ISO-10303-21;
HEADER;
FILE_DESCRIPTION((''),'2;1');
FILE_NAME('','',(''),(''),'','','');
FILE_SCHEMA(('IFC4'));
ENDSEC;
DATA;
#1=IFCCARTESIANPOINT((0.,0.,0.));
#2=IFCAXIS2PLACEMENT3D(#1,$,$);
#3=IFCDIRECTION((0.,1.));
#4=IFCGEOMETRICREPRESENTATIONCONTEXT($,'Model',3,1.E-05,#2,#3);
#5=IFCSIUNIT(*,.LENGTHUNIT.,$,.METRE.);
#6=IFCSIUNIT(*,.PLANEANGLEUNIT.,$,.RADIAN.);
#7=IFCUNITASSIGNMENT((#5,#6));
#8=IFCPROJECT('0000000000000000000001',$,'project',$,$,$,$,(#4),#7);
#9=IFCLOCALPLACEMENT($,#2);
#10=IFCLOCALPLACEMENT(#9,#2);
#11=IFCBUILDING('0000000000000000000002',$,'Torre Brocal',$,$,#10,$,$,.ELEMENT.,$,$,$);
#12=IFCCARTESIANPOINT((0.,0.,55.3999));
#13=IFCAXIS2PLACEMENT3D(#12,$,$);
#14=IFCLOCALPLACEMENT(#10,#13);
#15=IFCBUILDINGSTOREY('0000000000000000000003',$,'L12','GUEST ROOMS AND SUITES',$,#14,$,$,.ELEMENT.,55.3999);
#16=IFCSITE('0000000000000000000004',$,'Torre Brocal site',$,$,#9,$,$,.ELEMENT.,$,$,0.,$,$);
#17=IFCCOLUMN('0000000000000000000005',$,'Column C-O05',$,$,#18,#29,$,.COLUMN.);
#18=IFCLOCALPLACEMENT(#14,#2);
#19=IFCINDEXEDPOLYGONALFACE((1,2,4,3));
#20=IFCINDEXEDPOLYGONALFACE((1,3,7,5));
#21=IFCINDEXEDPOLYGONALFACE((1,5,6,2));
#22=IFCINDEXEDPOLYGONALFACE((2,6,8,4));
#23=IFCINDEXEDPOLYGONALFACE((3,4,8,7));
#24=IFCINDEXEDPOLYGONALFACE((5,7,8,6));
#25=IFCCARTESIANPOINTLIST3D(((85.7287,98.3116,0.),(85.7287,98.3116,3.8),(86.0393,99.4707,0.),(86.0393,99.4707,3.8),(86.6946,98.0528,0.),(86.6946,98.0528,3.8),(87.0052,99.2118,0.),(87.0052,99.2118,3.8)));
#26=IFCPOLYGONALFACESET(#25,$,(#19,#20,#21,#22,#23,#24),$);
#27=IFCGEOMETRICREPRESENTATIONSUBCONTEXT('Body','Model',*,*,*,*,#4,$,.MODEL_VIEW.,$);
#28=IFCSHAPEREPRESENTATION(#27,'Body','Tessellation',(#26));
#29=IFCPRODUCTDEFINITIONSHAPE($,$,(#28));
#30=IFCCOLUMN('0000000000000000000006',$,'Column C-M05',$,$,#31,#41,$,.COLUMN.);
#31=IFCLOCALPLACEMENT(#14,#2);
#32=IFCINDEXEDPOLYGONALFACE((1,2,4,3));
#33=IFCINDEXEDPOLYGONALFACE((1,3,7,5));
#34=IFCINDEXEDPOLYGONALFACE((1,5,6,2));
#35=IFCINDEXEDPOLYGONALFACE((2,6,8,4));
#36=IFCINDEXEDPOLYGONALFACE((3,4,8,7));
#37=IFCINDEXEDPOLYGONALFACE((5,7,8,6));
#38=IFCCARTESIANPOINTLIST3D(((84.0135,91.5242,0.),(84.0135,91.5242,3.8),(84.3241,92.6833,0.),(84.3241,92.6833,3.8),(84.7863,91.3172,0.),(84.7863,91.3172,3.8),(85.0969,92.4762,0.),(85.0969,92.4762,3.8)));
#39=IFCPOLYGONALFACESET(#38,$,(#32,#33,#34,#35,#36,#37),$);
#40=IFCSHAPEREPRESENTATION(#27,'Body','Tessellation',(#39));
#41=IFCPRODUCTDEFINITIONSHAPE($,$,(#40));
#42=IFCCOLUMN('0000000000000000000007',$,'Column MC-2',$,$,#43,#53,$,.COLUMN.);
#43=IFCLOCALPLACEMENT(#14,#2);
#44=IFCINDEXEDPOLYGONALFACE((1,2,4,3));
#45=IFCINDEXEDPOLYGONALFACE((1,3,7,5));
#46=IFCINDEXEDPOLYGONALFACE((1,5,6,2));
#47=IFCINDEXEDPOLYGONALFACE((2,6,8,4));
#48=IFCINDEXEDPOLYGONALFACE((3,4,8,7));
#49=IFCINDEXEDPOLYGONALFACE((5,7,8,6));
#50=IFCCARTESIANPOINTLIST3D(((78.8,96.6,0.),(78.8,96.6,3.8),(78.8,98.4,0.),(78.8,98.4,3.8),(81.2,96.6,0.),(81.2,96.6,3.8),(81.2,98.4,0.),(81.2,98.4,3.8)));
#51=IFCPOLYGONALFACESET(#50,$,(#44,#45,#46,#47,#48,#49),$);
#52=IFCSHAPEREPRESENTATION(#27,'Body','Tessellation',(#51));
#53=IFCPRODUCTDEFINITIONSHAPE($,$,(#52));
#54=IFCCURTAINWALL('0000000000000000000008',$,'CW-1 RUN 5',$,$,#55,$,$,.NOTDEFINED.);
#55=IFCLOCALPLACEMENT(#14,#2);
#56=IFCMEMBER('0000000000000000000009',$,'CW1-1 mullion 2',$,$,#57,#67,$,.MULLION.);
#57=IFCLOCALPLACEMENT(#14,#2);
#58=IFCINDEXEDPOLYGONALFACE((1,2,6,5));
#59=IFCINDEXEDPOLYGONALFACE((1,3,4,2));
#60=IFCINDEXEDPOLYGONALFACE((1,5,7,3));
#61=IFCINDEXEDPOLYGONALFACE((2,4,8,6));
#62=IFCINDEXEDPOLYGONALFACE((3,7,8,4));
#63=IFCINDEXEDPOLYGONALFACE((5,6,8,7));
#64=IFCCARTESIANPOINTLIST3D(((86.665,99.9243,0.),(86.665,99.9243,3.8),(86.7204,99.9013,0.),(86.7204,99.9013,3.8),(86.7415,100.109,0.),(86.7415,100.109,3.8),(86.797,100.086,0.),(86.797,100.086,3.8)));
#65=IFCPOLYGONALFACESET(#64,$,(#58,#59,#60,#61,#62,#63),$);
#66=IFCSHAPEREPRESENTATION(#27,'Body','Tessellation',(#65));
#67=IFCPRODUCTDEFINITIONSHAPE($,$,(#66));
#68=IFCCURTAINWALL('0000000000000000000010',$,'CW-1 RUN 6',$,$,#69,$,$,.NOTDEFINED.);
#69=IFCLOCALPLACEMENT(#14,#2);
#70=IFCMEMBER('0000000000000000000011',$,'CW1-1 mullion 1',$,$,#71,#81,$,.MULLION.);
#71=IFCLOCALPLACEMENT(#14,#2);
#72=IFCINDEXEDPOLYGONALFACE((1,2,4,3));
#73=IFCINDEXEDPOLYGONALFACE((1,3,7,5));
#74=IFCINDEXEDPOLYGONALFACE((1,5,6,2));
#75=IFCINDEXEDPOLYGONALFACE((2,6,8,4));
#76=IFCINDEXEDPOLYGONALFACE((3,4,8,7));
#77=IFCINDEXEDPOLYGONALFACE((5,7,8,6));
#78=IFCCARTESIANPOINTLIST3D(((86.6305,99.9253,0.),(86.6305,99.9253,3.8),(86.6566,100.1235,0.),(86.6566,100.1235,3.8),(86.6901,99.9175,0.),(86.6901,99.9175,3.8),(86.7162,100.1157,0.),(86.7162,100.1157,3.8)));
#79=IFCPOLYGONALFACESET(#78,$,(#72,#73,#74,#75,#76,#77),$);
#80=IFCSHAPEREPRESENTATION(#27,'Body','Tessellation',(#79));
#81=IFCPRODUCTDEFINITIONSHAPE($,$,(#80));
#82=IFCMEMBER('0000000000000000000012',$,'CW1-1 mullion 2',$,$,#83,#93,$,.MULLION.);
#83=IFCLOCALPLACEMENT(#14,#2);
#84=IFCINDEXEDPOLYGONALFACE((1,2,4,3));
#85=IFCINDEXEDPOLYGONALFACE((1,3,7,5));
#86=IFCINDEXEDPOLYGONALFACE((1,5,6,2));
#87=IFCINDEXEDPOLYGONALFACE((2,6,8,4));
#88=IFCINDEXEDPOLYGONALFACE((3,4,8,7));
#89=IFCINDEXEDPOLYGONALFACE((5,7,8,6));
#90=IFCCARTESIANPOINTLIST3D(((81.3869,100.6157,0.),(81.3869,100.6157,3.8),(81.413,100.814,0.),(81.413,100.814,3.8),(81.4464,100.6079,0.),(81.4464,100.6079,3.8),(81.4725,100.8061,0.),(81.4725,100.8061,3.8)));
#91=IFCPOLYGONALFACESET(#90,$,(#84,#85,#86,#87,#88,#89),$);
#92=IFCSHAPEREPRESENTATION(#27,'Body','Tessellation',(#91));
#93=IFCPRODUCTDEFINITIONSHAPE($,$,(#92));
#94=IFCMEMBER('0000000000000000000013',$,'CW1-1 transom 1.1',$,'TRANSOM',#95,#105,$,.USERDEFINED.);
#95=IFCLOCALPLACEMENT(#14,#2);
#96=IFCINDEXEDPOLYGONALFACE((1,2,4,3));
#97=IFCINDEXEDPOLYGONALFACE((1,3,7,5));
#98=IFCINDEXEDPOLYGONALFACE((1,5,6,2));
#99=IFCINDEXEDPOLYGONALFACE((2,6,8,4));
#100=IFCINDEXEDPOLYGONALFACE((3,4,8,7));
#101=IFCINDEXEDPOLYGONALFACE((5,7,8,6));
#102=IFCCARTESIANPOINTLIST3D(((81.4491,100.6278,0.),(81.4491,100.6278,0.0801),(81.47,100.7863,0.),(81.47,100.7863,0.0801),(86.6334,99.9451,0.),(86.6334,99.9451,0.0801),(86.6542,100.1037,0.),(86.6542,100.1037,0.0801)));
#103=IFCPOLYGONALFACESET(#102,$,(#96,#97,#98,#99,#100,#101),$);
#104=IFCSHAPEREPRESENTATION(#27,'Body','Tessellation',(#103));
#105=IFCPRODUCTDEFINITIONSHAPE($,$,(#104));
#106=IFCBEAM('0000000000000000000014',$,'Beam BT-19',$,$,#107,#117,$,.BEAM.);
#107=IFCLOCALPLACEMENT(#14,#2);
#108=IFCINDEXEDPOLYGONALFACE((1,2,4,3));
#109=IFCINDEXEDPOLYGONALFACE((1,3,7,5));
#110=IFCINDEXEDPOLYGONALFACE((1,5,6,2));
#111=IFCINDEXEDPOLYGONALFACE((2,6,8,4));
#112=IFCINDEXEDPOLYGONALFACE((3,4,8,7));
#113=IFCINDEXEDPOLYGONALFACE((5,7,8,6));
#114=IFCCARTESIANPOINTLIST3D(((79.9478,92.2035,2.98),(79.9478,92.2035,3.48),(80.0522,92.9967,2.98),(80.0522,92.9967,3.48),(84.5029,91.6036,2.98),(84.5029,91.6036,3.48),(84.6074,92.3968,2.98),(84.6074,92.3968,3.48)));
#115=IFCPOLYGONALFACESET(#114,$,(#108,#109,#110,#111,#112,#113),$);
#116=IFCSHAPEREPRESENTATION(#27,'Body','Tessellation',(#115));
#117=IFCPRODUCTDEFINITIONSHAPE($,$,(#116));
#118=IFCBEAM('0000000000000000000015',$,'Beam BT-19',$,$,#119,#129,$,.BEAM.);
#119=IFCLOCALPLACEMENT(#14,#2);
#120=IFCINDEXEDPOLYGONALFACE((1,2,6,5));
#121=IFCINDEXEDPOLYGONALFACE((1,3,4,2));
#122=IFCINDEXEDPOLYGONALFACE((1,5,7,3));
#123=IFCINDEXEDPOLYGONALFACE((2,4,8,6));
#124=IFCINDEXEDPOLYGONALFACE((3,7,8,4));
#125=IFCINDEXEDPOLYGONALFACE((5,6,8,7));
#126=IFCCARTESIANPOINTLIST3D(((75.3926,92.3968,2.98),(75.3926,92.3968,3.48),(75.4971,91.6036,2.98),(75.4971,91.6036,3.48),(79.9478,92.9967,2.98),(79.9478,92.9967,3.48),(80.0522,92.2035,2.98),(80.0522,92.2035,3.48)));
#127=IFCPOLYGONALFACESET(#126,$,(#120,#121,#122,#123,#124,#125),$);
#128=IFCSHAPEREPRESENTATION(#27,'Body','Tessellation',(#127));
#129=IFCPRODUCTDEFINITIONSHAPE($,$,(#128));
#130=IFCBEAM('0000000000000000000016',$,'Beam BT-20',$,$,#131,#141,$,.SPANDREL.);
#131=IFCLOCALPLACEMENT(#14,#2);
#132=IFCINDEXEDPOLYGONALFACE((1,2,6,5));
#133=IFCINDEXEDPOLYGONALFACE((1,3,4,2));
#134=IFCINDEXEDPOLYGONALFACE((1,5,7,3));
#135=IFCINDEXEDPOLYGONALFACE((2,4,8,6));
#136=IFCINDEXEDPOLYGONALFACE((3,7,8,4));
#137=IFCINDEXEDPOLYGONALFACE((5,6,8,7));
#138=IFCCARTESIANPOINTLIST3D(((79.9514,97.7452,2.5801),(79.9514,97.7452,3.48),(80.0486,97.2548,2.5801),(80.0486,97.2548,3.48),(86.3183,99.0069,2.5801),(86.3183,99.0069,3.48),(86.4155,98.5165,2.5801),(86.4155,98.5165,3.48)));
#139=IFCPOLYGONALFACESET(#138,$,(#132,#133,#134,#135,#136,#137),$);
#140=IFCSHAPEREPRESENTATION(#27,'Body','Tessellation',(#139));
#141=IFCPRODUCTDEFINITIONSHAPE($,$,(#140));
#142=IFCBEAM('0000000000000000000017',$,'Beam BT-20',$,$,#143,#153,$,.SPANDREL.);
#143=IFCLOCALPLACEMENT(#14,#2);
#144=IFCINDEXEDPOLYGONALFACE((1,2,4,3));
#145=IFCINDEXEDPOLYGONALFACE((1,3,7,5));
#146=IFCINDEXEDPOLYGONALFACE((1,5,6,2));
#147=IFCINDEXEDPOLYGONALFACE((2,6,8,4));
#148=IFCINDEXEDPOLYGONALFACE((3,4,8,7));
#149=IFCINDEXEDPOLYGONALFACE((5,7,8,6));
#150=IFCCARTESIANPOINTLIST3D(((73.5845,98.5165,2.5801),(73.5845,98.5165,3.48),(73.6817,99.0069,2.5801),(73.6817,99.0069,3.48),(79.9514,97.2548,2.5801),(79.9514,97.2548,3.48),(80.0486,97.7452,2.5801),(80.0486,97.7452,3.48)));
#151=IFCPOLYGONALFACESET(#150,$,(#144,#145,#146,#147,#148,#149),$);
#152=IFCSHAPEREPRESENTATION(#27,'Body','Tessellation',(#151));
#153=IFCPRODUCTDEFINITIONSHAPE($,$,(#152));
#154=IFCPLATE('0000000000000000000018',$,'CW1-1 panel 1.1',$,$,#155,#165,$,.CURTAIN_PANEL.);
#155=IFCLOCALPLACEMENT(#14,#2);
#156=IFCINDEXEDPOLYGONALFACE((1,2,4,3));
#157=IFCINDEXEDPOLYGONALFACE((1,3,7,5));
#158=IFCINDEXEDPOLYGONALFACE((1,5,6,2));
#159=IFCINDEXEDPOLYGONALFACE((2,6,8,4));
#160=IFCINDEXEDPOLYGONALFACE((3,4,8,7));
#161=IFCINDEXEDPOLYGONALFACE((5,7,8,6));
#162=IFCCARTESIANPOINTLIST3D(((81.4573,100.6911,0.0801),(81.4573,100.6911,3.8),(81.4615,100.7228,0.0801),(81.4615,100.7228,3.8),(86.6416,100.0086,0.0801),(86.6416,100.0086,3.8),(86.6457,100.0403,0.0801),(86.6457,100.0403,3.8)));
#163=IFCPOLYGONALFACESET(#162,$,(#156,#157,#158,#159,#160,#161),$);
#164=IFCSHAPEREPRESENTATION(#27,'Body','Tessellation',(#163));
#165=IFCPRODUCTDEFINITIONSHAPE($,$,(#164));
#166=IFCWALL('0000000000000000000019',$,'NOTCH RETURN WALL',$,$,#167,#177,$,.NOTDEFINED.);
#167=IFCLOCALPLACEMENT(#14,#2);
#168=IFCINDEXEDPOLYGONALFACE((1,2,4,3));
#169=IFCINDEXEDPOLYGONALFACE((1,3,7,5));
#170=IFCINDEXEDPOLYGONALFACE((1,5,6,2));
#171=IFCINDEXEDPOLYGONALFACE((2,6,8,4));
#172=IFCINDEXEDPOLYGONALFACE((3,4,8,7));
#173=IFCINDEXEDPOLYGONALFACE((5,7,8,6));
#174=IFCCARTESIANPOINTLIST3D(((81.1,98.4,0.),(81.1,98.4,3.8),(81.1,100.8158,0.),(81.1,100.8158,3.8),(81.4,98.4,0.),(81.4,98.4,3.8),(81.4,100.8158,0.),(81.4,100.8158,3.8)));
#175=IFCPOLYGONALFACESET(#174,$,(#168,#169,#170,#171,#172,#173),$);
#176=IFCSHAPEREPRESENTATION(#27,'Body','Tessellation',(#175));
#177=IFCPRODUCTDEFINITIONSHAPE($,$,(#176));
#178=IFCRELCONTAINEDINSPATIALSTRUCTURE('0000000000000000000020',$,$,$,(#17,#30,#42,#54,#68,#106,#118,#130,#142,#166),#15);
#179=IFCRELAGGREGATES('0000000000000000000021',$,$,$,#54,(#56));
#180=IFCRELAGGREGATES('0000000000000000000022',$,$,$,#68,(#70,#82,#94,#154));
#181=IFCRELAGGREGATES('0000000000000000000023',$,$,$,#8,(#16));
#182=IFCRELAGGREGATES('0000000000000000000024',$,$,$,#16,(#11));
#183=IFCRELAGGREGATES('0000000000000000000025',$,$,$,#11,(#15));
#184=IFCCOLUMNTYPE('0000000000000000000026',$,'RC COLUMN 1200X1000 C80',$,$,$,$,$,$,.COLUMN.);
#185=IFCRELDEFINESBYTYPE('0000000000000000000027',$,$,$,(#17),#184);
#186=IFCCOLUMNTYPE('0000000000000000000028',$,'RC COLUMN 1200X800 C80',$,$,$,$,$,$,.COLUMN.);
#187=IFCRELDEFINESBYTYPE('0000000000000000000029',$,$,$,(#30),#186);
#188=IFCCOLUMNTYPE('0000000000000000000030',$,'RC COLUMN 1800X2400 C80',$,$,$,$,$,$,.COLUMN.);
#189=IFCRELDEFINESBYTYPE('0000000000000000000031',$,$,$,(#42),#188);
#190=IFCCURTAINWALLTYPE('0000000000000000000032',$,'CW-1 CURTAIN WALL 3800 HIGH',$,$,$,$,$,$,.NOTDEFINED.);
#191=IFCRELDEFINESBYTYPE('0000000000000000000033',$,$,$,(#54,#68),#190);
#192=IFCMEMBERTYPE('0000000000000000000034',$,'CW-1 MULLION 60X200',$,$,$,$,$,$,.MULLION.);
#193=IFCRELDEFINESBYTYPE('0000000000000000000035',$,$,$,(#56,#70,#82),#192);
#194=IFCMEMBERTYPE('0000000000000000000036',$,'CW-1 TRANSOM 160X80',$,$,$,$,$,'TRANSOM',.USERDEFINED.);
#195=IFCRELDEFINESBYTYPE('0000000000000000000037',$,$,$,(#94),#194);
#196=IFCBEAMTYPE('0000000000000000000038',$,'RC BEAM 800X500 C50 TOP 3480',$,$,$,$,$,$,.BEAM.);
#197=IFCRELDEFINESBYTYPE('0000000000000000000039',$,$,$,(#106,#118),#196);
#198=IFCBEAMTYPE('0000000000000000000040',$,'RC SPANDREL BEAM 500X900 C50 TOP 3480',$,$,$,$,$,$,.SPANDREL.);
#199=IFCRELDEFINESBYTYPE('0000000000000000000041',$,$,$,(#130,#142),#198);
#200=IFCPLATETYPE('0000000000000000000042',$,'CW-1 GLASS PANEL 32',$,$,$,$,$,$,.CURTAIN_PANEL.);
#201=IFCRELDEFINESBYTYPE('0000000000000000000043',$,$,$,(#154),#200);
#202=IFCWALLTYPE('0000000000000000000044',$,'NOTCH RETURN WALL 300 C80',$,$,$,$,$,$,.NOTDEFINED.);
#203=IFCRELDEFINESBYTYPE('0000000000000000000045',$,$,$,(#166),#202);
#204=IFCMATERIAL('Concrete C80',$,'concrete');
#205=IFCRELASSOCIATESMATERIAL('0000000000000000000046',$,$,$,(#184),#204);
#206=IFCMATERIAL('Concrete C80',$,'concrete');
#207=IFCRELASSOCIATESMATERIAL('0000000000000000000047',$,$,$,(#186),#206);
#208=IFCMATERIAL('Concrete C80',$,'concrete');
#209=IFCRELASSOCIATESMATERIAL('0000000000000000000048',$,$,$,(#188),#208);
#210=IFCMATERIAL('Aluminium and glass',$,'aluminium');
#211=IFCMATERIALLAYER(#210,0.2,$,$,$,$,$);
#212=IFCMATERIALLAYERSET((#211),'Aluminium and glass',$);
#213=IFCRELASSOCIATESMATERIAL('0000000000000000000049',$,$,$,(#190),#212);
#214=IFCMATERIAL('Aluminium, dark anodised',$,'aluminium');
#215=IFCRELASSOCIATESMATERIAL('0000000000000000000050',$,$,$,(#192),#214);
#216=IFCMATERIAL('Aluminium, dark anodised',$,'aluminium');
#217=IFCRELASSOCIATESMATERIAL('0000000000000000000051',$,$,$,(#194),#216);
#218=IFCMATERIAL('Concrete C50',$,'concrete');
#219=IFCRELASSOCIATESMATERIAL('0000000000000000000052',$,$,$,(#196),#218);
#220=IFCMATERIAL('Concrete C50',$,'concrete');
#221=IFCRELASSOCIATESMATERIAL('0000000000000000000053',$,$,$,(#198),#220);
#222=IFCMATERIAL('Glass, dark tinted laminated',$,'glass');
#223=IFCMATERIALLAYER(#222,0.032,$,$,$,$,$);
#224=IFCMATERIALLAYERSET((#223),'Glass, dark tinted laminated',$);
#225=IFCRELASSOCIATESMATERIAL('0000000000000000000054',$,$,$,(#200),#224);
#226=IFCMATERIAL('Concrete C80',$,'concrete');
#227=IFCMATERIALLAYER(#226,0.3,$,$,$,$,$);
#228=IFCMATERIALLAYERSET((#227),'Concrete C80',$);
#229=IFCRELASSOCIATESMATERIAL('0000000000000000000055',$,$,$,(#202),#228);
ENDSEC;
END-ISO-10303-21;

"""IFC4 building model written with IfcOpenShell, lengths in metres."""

from ifc_helpers import new_model, si_unit, direction, frame, frame_2d, origin, origin_2d, place, context, subcontext, project, spatial, rectangle, extrude, material, layer, layer_set, material_profile, profile_set, type_object, element, aggregate, save


model = new_model("IFC4")

# Units and contexts
model_context = context("Model", 3, precision=1e-05, world=origin(), true_north=direction((0.0, 1.0)))
body_context = subcontext(model_context, "Body", "Model", "MODEL_VIEW")
ifc_project = project(units=[si_unit("LENGTHUNIT", "METRE"), si_unit("PLANEANGLEUNIT", "RADIAN")], contexts=[model_context])

# Site, building, storey
site_placement = place(None, origin())
site = spatial("IfcSite", under=ifc_project, at=site_placement, Name="Torre Brocal site", CompositionType="ELEMENT", RefElevation=0.0)
building_placement = place(site_placement, origin())
building = spatial("IfcBuilding", under=site, at=building_placement, Name="Torre Brocal", CompositionType="ELEMENT")
storey_placement = place(building_placement, frame((0.0, 0.0, 55.3999)))
storey = spatial("IfcBuildingStorey", under=building, at=storey_placement, Name="L12", Description="GUEST ROOMS AND SUITES", CompositionType="ELEMENT", Elevation=55.3999)

# Columns
ifc_material_1 = material(Name="Concrete C80", Category="concrete")
ifc_material_profile_1 = material_profile(ifc_material_1, rectangle(XDim=1.2, YDim=1.0, at=origin_2d()), Name="RC 1200X1000")
ifc_profile_set_1 = profile_set([ifc_material_profile_1], Name="Concrete C80")
column_type_1 = type_object("IfcColumnType", Name="RC COLUMN 1200X1000 C80", PredefinedType="COLUMN", material=ifc_profile_set_1)
column_1_placement = place(storey_placement, frame((86.3669, 98.7617, 0.0), z_axis=(0.0, 0.0, 1.0), x_axis=(0.258819, 0.965926, 0.0)))
element("IfcColumn", 1, at=column_1_placement, inside=storey, type_object=column_type_1, Name="Column C-O05", PredefinedType="COLUMN", context=body_context, shape_type="SweptSolid", body=[
    extrude(rectangle(XDim=1.2, YDim=1.0, at=origin_2d()), origin(), (0.0, 0.0, 1.0), 3.8),
])
ifc_material_2 = material(Name="Concrete C80", Category="concrete")
ifc_material_profile_2 = material_profile(ifc_material_2, rectangle(XDim=1.2, YDim=0.8, at=origin_2d()), Name="RC 1200X800")
ifc_profile_set_2 = profile_set([ifc_material_profile_2], Name="Concrete C80")
column_type_2 = type_object("IfcColumnType", Name="RC COLUMN 1200X800 C80", PredefinedType="COLUMN", material=ifc_profile_set_2)
column_2_placement = place(storey_placement, frame((84.5552, 92.0002, 0.0), z_axis=(0.0, 0.0, 1.0), x_axis=(0.258819, 0.965926, 0.0)))
element("IfcColumn", 2, at=column_2_placement, inside=storey, type_object=column_type_2, Name="Column C-M05", PredefinedType="COLUMN", context=body_context, shape_type="SweptSolid", body=[
    extrude(rectangle(XDim=1.2, YDim=0.8, at=origin_2d()), origin(), (0.0, 0.0, 1.0), 3.8),
])
ifc_material_3 = material(Name="Concrete C80", Category="concrete")
ifc_material_profile_3 = material_profile(ifc_material_3, rectangle(XDim=1.8, YDim=2.3999, at=origin_2d()), Name="RC 1800X2400")
ifc_profile_set_3 = profile_set([ifc_material_profile_3], Name="Concrete C80")
column_type_3 = type_object("IfcColumnType", Name="RC COLUMN 1800X2400 C80", PredefinedType="COLUMN", material=ifc_profile_set_3)
column_3_placement = place(storey_placement, frame((80.0, 97.5, 0.0), z_axis=(0.0, 0.0, 1.0), x_axis=(0.0, 1.0, 0.0)))
element("IfcColumn", 3, at=column_3_placement, inside=storey, type_object=column_type_3, Name="Column MC-2", PredefinedType="COLUMN", context=body_context, shape_type="SweptSolid", body=[
    extrude(rectangle(XDim=1.8, YDim=2.3999, at=origin_2d()), origin(), (0.0, 0.0, 1.0), 3.8),
])

# Curtain wall, member
ifc_material_4 = material(Name="Aluminium and glass", Category="aluminium")
ifc_layer_1 = layer(ifc_material_4, 0.2)
ifc_layer_set_1 = layer_set([ifc_layer_1], Name="Aluminium and glass")
curtain_wall_type = type_object("IfcCurtainWallType", Name="CW-1 CURTAIN WALL 3800 HIGH", PredefinedType="NOTDEFINED", material=ifc_layer_set_1)
curtain_wall_1_placement = place(storey_placement, origin())
curtain_wall_1 = element("IfcCurtainWall", 4, at=curtain_wall_1_placement, inside=storey, type_object=curtain_wall_type, Name="CW-1 RUN 5", PredefinedType="NOTDEFINED")
ifc_material_5 = material(Name="Aluminium, dark anodised", Category="aluminium")
ifc_material_profile_4 = material_profile(ifc_material_5, rectangle(XDim=0.2, YDim=0.0601, at=origin_2d()), Name="CW-1 MULLION 60X200")
ifc_profile_set_4 = profile_set([ifc_material_profile_4], Name="Aluminium, dark anodised")
member_type_1 = type_object("IfcMemberType", Name="CW-1 MULLION 60X200", PredefinedType="MULLION", material=ifc_profile_set_4)
member_1_placement = place(storey_placement, frame((86.731, 100.0051, 0.0), z_axis=(0.0, 0.0, 1.0), x_axis=(-0.382683, -0.92388, 0.0)))
member_1 = element("IfcMember", 5, at=member_1_placement, type_object=member_type_1, Name="CW1-1 mullion 2", PredefinedType="MULLION", context=body_context, shape_type="SweptSolid", body=[
    extrude(rectangle(XDim=0.2, YDim=0.0601, at=origin_2d()), origin(), (0.0, 0.0, 1.0), 3.8),
])
aggregate(curtain_wall_1, [member_1])

# Curtain wall, members
curtain_wall_2_placement = place(storey_placement, origin())
curtain_wall_2 = element("IfcCurtainWall", 6, at=curtain_wall_2_placement, inside=storey, type_object=curtain_wall_type, Name="CW-1 RUN 6", PredefinedType="NOTDEFINED")
member_2_placement = place(storey_placement, frame((86.6733, 100.0205, 0.0), z_axis=(0.0, 0.0, 1.0), x_axis=(-0.130526, -0.991445, 0.0)))
member_2 = element("IfcMember", 7, at=member_2_placement, type_object=member_type_1, Name="CW1-1 mullion 1", PredefinedType="MULLION", context=body_context, shape_type="SweptSolid", body=[
    extrude(rectangle(XDim=0.2, YDim=0.0601, at=origin_2d()), origin(), (0.0, 0.0, 1.0), 3.8),
])
member_3_placement = place(storey_placement, frame((81.4297, 100.7109, 0.0), z_axis=(0.0, 0.0, 1.0), x_axis=(-0.130526, -0.991445, 0.0)))
member_3 = element("IfcMember", 8, at=member_3_placement, type_object=member_type_1, Name="CW1-1 mullion 2", PredefinedType="MULLION", context=body_context, shape_type="SweptSolid", body=[
    extrude(rectangle(XDim=0.2, YDim=0.0601, at=origin_2d()), origin(), (0.0, 0.0, 1.0), 3.8),
])
ifc_material_6 = material(Name="Aluminium, dark anodised", Category="aluminium")
ifc_material_profile_5 = material_profile(ifc_material_6, rectangle(XDim=0.1599, YDim=0.0801, at=origin_2d()), Name="CW-1 TRANSOM 160X80")
ifc_profile_set_5 = profile_set([ifc_material_profile_5], Name="Aluminium, dark anodised")
member_type_2 = type_object("IfcMemberType", Name="CW-1 TRANSOM 160X80", ElementType="TRANSOM", PredefinedType="USERDEFINED", material=ifc_profile_set_5)
member_4_placement = place(storey_placement, frame((86.6438, 100.0244, 0.04), z_axis=(-0.991443, 0.130543, 0.0), x_axis=(-0.130543, -0.991443, 0.0)))
member_4 = element("IfcMember", 9, at=member_4_placement, type_object=member_type_2, Name="CW1-1 transom 1.1", ObjectType="TRANSOM", PredefinedType="USERDEFINED", context=body_context, shape_type="SweptSolid", body=[
    extrude(rectangle(XDim=0.1599, YDim=0.0801, at=origin_2d()), origin(), (0.0, 0.0, 1.0), 5.229),
])

# Beams
ifc_material_7 = material(Name="Concrete C50", Category="concrete")
ifc_material_profile_6 = material_profile(ifc_material_7, rectangle(XDim=0.8, YDim=0.5, at=origin_2d()), Name="RC 800X500")
ifc_profile_set_6 = profile_set([ifc_material_profile_6], Name="Concrete C50")
beam_type_1 = type_object("IfcBeamType", Name="RC BEAM 800X500 C50 TOP 3480", PredefinedType="BEAM", material=ifc_profile_set_6)
for number, where, z_axis, x_axis, name in (
    (10, (84.5552, 92.0002, 3.23), (-0.991441, 0.130559, 0.0), (-0.130559, -0.991441, 0.0), "Beam BT-19"),
    (11, (80.0, 92.6001, 3.23), (-0.991441, -0.130559, 0.0), (0.130559, -0.991441, 0.0), "Beam BT-19"),
):
    element("IfcBeam", number, at=place(storey_placement, frame(where, z_axis=z_axis, x_axis=x_axis)), inside=storey, type_object=beam_type_1, Name=name, PredefinedType="BEAM", context=body_context, shape_type="SweptSolid", body=[
        extrude(rectangle(XDim=0.8, YDim=0.5, at=origin_2d()), origin(), (0.0, 0.0, 1.0), 4.5945),
    ])
ifc_material_8 = material(Name="Concrete C50", Category="concrete")
ifc_material_profile_7 = material_profile(ifc_material_8, rectangle(XDim=0.5, YDim=0.8999, at=origin_2d()), Name="RC 500X900")
ifc_profile_set_7 = profile_set([ifc_material_profile_7], Name="Concrete C50")
beam_type_2 = type_object("IfcBeamType", Name="RC SPANDREL BEAM 500X900 C50 TOP 3480", PredefinedType="SPANDREL", material=ifc_profile_set_7)
for number, where, z_axis, x_axis, name in (
    (12, (86.3669, 98.7617, 3.03), (-0.980925, -0.194387, 0.0), (0.194387, -0.980925, 0.0), "Beam BT-20"),
    (13, (80.0, 97.5, 3.03), (-0.980925, 0.194387, 0.0), (-0.194387, -0.980925, 0.0), "Beam BT-20"),
):
    element("IfcBeam", number, at=place(storey_placement, frame(where, z_axis=z_axis, x_axis=x_axis)), inside=storey, type_object=beam_type_2, Name=name, PredefinedType="SPANDREL", context=body_context, shape_type="SweptSolid", body=[
        extrude(rectangle(XDim=0.5, YDim=0.8999, at=origin_2d()), origin(), (0.0, 0.0, 1.0), 6.4907),
    ])

# Plate
ifc_material_9 = material(Name="Glass, dark tinted laminated", Category="glass")
ifc_layer_2 = layer(ifc_material_9, 0.032)
ifc_layer_set_2 = layer_set([ifc_layer_2], Name="Glass, dark tinted laminated")
plate_type = type_object("IfcPlateType", Name="CW-1 GLASS PANEL 32", PredefinedType="CURTAIN_PANEL", material=ifc_layer_set_2)
plate_placement = place(storey_placement, frame((84.0515, 100.3657, 0.0801), z_axis=(0.0, 0.0, 1.0), x_axis=(-0.991445, 0.130526, 0.0)))
plate = element("IfcPlate", 14, at=plate_placement, type_object=plate_type, Name="CW1-1 panel 1.1", PredefinedType="CURTAIN_PANEL", context=body_context, shape_type="SweptSolid", body=[
    extrude(rectangle(XDim=5.229, YDim=0.032, at=origin_2d()), origin(), (0.0, 0.0, 1.0), 3.72),
])
aggregate(curtain_wall_2, [member_2, member_3, member_4, plate])

# Wall
ifc_material_10 = material(Name="Concrete C80", Category="concrete")
ifc_layer_3 = layer(ifc_material_10, 0.3)
ifc_layer_set_3 = layer_set([ifc_layer_3], Name="Concrete C80")
wall_type_1 = type_object("IfcWallType", Name="NOTCH RETURN WALL 300 C80", PredefinedType="NOTDEFINED", material=ifc_layer_set_3)
wall_1_placement = place(storey_placement, frame((81.25, 98.3999, 0.0), z_axis=(0.0, 0.0, 1.0), x_axis=(0.0, 1.0, 0.0)))
element("IfcWall", 15, at=wall_1_placement, inside=storey, type_object=wall_type_1, Name="NOTCH RETURN WALL", PredefinedType="NOTDEFINED", context=body_context, shape_type="SweptSolid", body=[
    extrude(rectangle(XDim=2.4158, YDim=0.3, at=frame_2d((1.208, 0.0))), origin(), (0.0, 0.0, 1.0), 3.8),
])

save(model, "model.ifc")
